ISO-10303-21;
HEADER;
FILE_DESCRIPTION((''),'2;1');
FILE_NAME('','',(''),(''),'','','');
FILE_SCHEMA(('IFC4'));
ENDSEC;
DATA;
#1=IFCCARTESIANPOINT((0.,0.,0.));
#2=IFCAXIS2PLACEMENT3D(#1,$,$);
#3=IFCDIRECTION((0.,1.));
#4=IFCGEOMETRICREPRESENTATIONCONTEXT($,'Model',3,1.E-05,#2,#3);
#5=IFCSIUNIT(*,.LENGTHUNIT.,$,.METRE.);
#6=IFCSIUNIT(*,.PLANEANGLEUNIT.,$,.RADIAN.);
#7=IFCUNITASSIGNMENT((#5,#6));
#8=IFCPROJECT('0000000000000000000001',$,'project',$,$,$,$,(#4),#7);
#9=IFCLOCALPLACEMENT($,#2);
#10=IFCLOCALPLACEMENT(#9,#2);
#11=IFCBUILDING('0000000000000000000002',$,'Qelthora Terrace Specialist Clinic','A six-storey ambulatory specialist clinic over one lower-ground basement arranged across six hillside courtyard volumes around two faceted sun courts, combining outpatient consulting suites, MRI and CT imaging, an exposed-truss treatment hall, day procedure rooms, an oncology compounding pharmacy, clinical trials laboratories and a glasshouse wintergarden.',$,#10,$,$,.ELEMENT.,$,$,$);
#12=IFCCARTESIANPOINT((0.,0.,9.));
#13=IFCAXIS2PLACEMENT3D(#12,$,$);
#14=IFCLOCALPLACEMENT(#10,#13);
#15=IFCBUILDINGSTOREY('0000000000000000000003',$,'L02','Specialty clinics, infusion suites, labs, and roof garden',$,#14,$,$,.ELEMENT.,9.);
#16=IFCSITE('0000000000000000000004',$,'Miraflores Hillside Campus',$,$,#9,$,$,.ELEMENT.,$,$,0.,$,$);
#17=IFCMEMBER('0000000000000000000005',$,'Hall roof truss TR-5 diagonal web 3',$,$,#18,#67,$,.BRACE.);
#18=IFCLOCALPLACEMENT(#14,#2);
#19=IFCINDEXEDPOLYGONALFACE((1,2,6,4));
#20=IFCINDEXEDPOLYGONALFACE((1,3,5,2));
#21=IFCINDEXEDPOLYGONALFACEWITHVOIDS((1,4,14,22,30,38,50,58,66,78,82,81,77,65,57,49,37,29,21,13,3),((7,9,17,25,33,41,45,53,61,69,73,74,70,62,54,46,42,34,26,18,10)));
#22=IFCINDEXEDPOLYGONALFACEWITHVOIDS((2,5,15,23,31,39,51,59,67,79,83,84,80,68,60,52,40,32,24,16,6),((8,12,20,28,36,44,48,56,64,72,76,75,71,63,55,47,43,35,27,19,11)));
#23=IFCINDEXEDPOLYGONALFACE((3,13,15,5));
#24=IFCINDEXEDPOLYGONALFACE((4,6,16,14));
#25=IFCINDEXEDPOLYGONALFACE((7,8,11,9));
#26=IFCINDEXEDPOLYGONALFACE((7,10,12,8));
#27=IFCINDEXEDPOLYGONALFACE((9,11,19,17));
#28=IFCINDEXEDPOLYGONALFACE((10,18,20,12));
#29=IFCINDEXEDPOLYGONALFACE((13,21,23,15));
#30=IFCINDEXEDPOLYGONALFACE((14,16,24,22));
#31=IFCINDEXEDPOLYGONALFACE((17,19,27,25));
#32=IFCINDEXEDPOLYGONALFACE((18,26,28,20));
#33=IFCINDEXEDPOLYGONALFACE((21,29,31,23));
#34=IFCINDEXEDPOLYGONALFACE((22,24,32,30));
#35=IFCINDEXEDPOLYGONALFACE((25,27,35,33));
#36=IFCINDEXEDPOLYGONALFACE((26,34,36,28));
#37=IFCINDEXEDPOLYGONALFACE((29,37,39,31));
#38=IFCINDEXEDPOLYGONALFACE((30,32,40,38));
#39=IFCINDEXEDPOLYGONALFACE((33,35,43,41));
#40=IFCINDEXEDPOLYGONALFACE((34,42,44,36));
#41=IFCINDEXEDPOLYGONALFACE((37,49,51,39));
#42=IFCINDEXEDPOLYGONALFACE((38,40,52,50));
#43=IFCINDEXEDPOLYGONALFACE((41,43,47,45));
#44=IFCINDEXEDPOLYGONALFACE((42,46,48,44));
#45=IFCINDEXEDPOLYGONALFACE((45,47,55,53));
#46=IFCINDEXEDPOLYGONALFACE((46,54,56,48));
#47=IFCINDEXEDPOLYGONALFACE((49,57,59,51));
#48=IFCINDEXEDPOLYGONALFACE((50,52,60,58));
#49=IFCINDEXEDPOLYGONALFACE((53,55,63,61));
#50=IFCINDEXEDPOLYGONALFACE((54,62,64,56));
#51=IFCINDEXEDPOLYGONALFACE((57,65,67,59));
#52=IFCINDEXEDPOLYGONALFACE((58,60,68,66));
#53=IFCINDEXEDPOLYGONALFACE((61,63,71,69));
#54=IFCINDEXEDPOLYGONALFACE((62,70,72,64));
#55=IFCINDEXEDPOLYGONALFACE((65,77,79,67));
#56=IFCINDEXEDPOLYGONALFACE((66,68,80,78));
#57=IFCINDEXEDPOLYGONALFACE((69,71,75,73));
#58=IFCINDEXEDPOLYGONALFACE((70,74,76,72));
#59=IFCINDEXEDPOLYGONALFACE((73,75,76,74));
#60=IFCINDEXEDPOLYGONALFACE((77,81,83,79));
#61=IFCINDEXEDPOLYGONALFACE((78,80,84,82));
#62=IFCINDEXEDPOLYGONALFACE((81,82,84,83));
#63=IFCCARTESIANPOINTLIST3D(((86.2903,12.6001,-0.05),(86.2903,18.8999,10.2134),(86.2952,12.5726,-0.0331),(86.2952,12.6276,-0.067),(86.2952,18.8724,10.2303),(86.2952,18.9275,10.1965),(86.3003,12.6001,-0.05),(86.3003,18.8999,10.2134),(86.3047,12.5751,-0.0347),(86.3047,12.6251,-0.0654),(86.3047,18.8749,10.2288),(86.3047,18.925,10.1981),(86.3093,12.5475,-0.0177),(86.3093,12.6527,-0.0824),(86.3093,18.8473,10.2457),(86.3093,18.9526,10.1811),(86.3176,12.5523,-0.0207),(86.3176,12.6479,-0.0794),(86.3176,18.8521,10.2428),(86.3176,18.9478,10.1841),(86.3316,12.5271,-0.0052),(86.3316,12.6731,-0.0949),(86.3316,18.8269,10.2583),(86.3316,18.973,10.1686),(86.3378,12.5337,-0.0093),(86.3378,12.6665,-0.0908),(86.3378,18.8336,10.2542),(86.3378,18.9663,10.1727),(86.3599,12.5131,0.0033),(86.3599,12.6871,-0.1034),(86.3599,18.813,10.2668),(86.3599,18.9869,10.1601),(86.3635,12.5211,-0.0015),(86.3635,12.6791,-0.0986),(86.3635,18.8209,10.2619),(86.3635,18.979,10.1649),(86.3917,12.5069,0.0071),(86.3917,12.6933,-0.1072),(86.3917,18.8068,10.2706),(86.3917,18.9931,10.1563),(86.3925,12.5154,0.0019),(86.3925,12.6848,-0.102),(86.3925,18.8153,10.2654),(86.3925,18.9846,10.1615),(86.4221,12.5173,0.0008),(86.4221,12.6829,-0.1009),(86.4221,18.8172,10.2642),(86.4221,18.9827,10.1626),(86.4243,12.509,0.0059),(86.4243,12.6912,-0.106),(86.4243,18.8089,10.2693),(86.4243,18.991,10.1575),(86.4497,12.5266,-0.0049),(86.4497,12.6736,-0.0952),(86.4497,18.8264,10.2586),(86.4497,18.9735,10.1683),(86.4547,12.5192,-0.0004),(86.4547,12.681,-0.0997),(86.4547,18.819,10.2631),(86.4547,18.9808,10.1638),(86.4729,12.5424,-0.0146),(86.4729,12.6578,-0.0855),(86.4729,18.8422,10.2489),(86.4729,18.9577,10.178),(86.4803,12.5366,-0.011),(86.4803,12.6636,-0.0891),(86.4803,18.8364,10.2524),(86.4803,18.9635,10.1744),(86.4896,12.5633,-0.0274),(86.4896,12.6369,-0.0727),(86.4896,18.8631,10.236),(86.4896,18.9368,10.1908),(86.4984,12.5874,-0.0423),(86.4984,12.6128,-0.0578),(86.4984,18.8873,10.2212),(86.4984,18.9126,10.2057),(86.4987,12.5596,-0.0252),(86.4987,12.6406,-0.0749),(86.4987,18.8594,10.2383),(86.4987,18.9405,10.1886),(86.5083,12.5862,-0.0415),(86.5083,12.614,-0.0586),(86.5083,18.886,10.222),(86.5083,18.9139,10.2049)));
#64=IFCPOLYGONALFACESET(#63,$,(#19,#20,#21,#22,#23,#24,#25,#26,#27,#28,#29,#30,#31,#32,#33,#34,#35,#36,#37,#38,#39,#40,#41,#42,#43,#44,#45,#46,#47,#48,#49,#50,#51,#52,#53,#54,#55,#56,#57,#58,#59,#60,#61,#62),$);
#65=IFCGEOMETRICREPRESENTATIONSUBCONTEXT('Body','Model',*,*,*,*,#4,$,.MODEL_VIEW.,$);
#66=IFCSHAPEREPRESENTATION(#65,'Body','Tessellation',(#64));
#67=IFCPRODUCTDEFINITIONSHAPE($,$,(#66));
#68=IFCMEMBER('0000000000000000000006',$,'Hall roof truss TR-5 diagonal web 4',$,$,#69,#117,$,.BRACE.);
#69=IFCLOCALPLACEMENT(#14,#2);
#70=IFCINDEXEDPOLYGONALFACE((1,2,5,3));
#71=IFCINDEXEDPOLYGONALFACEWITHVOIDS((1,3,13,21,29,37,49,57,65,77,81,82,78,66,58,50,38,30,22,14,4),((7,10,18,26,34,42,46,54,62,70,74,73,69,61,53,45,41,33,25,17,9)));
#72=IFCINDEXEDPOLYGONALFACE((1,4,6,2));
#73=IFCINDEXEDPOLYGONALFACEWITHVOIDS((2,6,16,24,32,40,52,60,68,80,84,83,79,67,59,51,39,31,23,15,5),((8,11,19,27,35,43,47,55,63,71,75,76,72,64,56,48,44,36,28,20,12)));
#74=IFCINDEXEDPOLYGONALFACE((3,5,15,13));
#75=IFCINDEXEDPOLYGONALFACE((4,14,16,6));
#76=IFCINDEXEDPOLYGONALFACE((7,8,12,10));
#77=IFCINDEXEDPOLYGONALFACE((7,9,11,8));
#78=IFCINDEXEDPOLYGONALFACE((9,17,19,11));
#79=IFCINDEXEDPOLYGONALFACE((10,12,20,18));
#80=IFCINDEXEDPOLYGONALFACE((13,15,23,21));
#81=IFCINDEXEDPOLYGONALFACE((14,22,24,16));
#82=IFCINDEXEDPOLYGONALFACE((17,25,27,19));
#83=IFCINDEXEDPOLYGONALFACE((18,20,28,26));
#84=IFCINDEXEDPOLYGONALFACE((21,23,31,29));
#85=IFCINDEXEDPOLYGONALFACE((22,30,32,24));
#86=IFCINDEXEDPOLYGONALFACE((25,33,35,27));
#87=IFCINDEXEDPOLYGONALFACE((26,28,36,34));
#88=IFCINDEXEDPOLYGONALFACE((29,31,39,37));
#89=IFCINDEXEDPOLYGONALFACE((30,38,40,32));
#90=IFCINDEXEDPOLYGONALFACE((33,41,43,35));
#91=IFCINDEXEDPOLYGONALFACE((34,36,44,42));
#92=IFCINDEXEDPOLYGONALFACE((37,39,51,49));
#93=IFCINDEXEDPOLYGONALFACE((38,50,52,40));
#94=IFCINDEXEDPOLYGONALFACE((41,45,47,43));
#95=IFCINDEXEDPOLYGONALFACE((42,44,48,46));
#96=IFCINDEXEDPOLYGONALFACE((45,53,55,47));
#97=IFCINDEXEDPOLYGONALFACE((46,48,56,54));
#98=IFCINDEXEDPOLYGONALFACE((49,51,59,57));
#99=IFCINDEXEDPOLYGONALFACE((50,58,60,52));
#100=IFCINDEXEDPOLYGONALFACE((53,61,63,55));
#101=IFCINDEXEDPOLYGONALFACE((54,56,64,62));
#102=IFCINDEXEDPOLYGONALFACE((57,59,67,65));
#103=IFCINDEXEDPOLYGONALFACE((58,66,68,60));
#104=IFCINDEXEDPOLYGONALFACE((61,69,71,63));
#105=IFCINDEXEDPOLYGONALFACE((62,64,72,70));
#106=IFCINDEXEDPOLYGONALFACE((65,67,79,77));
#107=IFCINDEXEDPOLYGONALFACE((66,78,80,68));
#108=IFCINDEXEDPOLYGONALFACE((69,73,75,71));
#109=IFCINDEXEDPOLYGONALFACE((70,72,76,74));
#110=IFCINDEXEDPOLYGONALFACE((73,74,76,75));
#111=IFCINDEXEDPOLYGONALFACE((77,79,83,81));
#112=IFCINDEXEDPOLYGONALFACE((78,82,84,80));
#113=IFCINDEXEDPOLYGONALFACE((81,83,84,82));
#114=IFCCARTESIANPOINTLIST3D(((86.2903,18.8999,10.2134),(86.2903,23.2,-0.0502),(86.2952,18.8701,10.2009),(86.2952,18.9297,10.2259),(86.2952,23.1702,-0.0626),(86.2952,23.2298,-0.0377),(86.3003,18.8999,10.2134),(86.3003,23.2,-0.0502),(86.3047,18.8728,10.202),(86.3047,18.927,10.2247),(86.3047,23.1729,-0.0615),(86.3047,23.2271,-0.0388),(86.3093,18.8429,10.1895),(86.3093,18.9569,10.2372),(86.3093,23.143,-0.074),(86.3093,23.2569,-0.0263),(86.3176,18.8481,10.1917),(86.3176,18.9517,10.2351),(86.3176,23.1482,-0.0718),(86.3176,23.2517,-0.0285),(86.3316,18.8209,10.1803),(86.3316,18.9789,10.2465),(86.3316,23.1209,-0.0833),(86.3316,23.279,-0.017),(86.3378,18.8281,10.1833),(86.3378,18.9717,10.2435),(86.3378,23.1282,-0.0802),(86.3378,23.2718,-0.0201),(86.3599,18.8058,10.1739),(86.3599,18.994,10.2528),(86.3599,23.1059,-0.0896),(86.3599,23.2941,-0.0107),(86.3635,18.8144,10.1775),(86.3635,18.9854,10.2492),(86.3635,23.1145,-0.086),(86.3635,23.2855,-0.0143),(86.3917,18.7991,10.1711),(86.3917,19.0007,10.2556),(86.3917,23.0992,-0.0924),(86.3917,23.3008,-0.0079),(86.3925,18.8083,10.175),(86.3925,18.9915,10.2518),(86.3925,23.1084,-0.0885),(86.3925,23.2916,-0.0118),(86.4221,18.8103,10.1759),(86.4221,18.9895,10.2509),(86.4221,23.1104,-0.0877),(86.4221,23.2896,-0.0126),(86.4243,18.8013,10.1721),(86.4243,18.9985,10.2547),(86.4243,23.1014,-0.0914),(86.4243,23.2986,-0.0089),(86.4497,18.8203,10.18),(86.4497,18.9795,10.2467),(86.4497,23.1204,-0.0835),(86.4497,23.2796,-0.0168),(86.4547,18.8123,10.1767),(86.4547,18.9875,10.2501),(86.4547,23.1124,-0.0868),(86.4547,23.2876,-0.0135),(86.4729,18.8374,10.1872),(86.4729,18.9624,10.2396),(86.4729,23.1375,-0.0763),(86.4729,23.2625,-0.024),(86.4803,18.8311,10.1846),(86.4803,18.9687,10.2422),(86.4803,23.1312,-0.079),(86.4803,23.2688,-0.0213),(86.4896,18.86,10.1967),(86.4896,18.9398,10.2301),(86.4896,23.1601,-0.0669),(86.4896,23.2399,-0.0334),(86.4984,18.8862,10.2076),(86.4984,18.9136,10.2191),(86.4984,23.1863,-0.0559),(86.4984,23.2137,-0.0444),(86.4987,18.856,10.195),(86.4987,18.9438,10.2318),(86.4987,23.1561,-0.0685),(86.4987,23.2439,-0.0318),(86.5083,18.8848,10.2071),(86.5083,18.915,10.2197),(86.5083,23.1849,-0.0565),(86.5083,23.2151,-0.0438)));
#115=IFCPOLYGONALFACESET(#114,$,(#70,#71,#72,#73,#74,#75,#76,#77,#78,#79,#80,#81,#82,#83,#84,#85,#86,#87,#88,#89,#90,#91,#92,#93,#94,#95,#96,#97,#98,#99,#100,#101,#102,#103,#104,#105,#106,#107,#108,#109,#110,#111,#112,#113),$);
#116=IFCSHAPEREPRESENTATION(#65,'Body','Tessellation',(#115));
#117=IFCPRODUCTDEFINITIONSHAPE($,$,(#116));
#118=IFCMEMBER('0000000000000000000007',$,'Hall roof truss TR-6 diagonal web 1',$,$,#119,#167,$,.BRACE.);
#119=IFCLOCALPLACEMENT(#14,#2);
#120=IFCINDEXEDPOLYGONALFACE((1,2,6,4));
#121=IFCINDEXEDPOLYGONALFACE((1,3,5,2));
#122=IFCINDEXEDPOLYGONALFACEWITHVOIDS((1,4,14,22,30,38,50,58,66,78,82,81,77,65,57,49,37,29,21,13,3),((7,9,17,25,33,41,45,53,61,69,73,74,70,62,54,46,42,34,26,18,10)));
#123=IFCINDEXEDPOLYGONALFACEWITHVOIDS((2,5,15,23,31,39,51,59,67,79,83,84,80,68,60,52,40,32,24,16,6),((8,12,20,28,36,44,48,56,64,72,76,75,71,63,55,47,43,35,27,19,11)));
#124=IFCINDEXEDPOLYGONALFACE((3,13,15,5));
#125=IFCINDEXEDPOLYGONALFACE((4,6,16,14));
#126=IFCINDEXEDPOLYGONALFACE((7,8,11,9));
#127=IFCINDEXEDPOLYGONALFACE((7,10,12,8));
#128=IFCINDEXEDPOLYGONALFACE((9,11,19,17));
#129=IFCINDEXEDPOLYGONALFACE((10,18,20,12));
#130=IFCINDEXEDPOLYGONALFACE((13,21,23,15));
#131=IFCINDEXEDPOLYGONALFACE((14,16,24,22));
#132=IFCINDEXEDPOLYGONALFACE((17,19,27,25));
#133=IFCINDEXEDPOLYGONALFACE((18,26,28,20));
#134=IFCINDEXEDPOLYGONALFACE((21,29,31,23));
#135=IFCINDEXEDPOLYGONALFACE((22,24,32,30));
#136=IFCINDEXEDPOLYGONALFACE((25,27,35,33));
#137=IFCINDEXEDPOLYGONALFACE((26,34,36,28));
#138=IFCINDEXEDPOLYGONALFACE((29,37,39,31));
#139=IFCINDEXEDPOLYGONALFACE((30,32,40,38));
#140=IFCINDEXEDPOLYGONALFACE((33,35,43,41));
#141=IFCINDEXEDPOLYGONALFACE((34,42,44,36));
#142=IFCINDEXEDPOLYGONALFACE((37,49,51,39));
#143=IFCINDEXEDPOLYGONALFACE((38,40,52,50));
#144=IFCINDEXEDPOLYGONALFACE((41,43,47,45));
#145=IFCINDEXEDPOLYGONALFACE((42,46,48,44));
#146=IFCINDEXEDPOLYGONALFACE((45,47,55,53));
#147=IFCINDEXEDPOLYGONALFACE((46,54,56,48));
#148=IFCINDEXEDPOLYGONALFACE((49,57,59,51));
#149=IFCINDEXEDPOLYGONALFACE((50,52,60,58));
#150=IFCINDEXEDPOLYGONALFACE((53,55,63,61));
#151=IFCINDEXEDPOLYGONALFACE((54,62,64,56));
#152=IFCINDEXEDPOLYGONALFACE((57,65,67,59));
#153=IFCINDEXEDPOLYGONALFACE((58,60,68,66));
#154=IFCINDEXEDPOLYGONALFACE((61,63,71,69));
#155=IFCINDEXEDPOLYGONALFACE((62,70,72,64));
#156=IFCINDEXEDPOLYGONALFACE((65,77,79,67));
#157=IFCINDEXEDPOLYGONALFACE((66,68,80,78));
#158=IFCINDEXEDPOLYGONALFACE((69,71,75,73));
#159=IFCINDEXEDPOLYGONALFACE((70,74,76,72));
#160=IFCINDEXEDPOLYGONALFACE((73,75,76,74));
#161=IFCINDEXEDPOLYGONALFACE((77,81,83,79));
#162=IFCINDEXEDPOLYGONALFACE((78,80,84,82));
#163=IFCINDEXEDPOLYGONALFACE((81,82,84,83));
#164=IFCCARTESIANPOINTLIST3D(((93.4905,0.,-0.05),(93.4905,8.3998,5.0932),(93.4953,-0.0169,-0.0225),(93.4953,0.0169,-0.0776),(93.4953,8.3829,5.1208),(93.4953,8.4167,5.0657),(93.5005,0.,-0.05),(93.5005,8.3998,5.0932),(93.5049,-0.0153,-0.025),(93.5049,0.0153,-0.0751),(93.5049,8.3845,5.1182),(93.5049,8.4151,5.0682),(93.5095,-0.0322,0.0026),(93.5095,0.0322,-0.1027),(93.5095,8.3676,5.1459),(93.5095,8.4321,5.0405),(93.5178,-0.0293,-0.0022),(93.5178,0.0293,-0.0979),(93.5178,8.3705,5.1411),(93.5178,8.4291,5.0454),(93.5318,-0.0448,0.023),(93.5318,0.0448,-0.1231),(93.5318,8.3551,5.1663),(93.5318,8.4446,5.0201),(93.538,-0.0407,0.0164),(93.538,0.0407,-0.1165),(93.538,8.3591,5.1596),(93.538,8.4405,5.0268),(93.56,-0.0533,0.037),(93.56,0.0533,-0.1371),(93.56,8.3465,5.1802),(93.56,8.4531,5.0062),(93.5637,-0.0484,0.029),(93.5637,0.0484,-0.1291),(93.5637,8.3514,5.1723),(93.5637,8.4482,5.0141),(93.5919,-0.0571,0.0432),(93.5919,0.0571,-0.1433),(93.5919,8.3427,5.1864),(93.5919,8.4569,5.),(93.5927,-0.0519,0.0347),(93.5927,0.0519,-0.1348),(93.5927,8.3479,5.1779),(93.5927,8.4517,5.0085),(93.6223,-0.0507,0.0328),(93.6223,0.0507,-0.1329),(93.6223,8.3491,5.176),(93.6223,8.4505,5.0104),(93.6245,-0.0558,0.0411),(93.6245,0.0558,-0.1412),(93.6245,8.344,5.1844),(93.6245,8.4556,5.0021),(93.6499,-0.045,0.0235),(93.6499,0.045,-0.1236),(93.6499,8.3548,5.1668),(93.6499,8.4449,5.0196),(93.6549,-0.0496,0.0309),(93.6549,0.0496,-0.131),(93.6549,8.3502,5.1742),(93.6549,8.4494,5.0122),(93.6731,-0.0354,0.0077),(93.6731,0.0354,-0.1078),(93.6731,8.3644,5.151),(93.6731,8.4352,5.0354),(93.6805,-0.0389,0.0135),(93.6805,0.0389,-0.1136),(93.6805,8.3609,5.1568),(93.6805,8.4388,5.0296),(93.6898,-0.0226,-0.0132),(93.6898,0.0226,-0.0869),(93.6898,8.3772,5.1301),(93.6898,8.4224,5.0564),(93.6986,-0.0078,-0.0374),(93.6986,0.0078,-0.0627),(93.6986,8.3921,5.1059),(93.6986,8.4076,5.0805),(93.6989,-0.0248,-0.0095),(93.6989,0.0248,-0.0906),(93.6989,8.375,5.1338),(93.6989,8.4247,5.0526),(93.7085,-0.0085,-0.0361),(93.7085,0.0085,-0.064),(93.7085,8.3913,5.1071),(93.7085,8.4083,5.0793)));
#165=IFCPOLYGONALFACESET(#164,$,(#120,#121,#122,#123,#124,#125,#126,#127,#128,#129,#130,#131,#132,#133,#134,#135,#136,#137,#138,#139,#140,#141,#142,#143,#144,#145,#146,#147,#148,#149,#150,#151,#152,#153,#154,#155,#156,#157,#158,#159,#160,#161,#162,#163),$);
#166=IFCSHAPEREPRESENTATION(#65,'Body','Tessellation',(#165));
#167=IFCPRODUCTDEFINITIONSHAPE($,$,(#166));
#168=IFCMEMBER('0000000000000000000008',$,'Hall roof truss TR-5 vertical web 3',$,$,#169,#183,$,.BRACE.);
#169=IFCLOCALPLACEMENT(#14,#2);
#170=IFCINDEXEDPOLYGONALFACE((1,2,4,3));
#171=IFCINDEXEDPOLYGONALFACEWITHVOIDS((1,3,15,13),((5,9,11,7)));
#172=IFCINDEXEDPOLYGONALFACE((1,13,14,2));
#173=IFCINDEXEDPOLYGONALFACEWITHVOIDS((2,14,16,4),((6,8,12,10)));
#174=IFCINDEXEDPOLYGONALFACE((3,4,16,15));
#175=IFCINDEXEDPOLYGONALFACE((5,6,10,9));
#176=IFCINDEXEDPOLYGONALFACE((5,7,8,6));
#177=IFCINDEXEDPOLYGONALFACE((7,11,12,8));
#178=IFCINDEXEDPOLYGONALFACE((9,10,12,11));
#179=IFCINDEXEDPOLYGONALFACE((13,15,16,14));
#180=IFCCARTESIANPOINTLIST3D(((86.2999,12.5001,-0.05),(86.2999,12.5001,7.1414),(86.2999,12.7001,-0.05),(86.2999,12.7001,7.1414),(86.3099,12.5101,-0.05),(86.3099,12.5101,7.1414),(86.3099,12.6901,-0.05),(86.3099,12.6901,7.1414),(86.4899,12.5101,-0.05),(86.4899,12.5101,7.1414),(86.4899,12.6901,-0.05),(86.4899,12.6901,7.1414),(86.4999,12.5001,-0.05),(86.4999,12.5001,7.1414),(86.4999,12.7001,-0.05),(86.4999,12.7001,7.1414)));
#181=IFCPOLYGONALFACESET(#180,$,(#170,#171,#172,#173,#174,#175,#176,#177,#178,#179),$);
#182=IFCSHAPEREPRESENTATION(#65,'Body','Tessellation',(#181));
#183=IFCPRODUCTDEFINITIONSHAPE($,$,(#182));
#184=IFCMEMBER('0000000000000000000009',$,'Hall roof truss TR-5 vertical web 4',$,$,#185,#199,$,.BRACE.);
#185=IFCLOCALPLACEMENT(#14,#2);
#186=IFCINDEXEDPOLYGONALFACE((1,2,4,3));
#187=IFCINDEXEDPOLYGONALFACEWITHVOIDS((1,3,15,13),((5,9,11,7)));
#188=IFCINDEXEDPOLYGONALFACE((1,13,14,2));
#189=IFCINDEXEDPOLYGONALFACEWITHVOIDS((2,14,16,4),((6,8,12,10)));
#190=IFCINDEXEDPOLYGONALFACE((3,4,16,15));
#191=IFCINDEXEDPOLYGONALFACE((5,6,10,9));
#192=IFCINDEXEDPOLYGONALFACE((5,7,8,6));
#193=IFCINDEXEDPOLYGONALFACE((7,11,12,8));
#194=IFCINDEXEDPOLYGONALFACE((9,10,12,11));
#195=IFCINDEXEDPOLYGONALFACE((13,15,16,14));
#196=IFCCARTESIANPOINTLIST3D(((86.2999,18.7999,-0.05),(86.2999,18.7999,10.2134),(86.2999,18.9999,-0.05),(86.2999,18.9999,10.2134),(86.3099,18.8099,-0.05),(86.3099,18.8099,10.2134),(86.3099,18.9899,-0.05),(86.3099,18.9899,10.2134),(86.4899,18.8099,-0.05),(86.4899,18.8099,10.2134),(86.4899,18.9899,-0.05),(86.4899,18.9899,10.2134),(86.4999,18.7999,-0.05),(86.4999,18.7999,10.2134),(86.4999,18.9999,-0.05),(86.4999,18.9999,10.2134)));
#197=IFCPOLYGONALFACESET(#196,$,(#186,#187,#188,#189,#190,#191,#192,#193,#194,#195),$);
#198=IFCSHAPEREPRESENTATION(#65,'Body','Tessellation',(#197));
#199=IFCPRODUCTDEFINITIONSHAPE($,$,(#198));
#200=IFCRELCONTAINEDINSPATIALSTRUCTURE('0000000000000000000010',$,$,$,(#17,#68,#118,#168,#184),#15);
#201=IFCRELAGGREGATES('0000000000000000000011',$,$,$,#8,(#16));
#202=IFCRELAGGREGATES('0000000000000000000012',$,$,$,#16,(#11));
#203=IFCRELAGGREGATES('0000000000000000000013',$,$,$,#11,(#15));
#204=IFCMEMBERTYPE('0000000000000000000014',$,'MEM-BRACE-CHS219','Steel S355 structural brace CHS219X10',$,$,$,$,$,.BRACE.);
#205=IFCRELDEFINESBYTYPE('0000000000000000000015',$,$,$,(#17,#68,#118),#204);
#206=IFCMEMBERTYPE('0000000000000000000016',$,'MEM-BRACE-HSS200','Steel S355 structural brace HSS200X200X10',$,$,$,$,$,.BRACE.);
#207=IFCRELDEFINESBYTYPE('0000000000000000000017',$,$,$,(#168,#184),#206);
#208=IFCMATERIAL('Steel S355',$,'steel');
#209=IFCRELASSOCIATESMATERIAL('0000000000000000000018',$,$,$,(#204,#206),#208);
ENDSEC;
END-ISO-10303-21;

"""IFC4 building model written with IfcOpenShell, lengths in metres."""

from ifc_helpers import new_model, si_unit, direction, frame, origin, origin_2d, place, context, subcontext, project, spatial, hollow_rectangle, hollow_circle, extrude, material, material_profile, profile_set, type_object, element, save


model = new_model("IFC4")

# Units and contexts
model_context = context("Model", 3, precision=1e-05, world=origin(), true_north=direction((0.0, 1.0)))
body_context = subcontext(model_context, "Body", "Model", "MODEL_VIEW")
ifc_project = project(units=[si_unit("LENGTHUNIT", "METRE"), si_unit("PLANEANGLEUNIT", "RADIAN")], contexts=[model_context])

# Site, building, storey
site_placement = place(None, origin())
site = spatial("IfcSite", under=ifc_project, at=site_placement, Name="Miraflores Hillside Campus", CompositionType="ELEMENT", RefElevation=0.0)
building_placement = place(site_placement, origin())
building = spatial("IfcBuilding", under=site, at=building_placement, Name="Qelthora Terrace Specialist Clinic", Description="A six-storey ambulatory specialist clinic over one lower-ground basement arranged across six hillside courtyard volumes around two faceted sun courts, combining outpatient consulting suites, MRI and CT imaging, an exposed-truss treatment hall, day procedure rooms, an oncology compounding pharmacy, clinical trials laboratories and a glasshouse wintergarden.", CompositionType="ELEMENT")
storey_placement = place(building_placement, frame((0.0, 0.0, 9.0)))
storey = spatial("IfcBuildingStorey", under=building, at=storey_placement, Name="L02", Description="Specialty clinics, infusion suites, labs, and roof garden", CompositionType="ELEMENT", Elevation=9.0)

# Shared definitions
ifc_material = material(Name="Steel S355", Category="steel")

# Members
ifc_material_profile_1 = material_profile(ifc_material, hollow_circle(Radius=0.1096, WallThickness=0.01, at=origin_2d()), Name="CHS219X10")
ifc_profile_set_1 = profile_set([ifc_material_profile_1], Name="Steel S355")
member_type_1 = type_object("IfcMemberType", Name="MEM-BRACE-CHS219", Description="Steel S355 structural brace CHS219X10", PredefinedType="BRACE", material=ifc_profile_set_1)
member_1_placement = place(storey_placement, frame((86.3999, 12.6001, -0.05), z_axis=(0.0, 0.523124, 0.852256), x_axis=(-1.0, 0.0, 0.0)))
element("IfcMember", 1, at=member_1_placement, inside=storey, type_object=member_type_1, Name="Hall roof truss TR-5 diagonal web 3", PredefinedType="BRACE", context=body_context, shape_type="SweptSolid", body=[
    extrude(hollow_circle(Radius=0.1096, WallThickness=0.01, at=origin_2d()), origin(), (0.0, 0.0, 1.0), 12.0427),
])
member_2_placement = place(storey_placement, frame((86.3999, 18.8999, 10.2134), z_axis=(0.0, 0.386423, -0.922322), x_axis=(-1.0, 0.0, 0.0)))
element("IfcMember", 2, at=member_2_placement, inside=storey, type_object=member_type_1, Name="Hall roof truss TR-5 diagonal web 4", PredefinedType="BRACE", context=body_context, shape_type="SweptSolid", body=[
    extrude(hollow_circle(Radius=0.1096, WallThickness=0.01, at=origin_2d()), origin(), (0.0, 0.0, 1.0), 11.1279),
])
member_3_placement = place(storey_placement, frame((93.6001, 0.0, -0.05), z_axis=(0.0, 0.852828, 0.522192), x_axis=(-1.0, 0.0, 0.0)))
element("IfcMember", 3, at=member_3_placement, inside=storey, type_object=member_type_1, Name="Hall roof truss TR-6 diagonal web 1", PredefinedType="BRACE", context=body_context, shape_type="SweptSolid", body=[
    extrude(hollow_circle(Radius=0.1096, WallThickness=0.01, at=origin_2d()), origin(), (0.0, 0.0, 1.0), 9.8494),
])
ifc_material_profile_2 = material_profile(ifc_material, hollow_rectangle(XDim=0.2, YDim=0.2, WallThickness=0.01, at=origin_2d()), Name="HSS200X200X10")
ifc_profile_set_2 = profile_set([ifc_material_profile_2], Name="Steel S355")
member_type_2 = type_object("IfcMemberType", Name="MEM-BRACE-HSS200", Description="Steel S355 structural brace HSS200X200X10", PredefinedType="BRACE", material=ifc_profile_set_2)
member_4_placement = place(storey_placement, frame((86.3999, 12.6001, -0.05), z_axis=(0.0, 0.0, 1.0), x_axis=(1.0, 0.0, 0.0)))
element("IfcMember", 4, at=member_4_placement, inside=storey, type_object=member_type_2, Name="Hall roof truss TR-5 vertical web 3", PredefinedType="BRACE", context=body_context, shape_type="SweptSolid", body=[
    extrude(hollow_rectangle(XDim=0.2, YDim=0.2, WallThickness=0.01, at=origin_2d()), origin(), (0.0, 0.0, 1.0), 7.1914),
])
member_5_placement = place(storey_placement, frame((86.3999, 18.8999, -0.05), z_axis=(0.0, 0.0, 1.0), x_axis=(1.0, 0.0, 0.0)))
element("IfcMember", 5, at=member_5_placement, inside=storey, type_object=member_type_2, Name="Hall roof truss TR-5 vertical web 4", PredefinedType="BRACE", context=body_context, shape_type="SweptSolid", body=[
    extrude(hollow_rectangle(XDim=0.2, YDim=0.2, WallThickness=0.01, at=origin_2d()), origin(), (0.0, 0.0, 1.0), 10.2634),
])

save(model, "model.ifc")
